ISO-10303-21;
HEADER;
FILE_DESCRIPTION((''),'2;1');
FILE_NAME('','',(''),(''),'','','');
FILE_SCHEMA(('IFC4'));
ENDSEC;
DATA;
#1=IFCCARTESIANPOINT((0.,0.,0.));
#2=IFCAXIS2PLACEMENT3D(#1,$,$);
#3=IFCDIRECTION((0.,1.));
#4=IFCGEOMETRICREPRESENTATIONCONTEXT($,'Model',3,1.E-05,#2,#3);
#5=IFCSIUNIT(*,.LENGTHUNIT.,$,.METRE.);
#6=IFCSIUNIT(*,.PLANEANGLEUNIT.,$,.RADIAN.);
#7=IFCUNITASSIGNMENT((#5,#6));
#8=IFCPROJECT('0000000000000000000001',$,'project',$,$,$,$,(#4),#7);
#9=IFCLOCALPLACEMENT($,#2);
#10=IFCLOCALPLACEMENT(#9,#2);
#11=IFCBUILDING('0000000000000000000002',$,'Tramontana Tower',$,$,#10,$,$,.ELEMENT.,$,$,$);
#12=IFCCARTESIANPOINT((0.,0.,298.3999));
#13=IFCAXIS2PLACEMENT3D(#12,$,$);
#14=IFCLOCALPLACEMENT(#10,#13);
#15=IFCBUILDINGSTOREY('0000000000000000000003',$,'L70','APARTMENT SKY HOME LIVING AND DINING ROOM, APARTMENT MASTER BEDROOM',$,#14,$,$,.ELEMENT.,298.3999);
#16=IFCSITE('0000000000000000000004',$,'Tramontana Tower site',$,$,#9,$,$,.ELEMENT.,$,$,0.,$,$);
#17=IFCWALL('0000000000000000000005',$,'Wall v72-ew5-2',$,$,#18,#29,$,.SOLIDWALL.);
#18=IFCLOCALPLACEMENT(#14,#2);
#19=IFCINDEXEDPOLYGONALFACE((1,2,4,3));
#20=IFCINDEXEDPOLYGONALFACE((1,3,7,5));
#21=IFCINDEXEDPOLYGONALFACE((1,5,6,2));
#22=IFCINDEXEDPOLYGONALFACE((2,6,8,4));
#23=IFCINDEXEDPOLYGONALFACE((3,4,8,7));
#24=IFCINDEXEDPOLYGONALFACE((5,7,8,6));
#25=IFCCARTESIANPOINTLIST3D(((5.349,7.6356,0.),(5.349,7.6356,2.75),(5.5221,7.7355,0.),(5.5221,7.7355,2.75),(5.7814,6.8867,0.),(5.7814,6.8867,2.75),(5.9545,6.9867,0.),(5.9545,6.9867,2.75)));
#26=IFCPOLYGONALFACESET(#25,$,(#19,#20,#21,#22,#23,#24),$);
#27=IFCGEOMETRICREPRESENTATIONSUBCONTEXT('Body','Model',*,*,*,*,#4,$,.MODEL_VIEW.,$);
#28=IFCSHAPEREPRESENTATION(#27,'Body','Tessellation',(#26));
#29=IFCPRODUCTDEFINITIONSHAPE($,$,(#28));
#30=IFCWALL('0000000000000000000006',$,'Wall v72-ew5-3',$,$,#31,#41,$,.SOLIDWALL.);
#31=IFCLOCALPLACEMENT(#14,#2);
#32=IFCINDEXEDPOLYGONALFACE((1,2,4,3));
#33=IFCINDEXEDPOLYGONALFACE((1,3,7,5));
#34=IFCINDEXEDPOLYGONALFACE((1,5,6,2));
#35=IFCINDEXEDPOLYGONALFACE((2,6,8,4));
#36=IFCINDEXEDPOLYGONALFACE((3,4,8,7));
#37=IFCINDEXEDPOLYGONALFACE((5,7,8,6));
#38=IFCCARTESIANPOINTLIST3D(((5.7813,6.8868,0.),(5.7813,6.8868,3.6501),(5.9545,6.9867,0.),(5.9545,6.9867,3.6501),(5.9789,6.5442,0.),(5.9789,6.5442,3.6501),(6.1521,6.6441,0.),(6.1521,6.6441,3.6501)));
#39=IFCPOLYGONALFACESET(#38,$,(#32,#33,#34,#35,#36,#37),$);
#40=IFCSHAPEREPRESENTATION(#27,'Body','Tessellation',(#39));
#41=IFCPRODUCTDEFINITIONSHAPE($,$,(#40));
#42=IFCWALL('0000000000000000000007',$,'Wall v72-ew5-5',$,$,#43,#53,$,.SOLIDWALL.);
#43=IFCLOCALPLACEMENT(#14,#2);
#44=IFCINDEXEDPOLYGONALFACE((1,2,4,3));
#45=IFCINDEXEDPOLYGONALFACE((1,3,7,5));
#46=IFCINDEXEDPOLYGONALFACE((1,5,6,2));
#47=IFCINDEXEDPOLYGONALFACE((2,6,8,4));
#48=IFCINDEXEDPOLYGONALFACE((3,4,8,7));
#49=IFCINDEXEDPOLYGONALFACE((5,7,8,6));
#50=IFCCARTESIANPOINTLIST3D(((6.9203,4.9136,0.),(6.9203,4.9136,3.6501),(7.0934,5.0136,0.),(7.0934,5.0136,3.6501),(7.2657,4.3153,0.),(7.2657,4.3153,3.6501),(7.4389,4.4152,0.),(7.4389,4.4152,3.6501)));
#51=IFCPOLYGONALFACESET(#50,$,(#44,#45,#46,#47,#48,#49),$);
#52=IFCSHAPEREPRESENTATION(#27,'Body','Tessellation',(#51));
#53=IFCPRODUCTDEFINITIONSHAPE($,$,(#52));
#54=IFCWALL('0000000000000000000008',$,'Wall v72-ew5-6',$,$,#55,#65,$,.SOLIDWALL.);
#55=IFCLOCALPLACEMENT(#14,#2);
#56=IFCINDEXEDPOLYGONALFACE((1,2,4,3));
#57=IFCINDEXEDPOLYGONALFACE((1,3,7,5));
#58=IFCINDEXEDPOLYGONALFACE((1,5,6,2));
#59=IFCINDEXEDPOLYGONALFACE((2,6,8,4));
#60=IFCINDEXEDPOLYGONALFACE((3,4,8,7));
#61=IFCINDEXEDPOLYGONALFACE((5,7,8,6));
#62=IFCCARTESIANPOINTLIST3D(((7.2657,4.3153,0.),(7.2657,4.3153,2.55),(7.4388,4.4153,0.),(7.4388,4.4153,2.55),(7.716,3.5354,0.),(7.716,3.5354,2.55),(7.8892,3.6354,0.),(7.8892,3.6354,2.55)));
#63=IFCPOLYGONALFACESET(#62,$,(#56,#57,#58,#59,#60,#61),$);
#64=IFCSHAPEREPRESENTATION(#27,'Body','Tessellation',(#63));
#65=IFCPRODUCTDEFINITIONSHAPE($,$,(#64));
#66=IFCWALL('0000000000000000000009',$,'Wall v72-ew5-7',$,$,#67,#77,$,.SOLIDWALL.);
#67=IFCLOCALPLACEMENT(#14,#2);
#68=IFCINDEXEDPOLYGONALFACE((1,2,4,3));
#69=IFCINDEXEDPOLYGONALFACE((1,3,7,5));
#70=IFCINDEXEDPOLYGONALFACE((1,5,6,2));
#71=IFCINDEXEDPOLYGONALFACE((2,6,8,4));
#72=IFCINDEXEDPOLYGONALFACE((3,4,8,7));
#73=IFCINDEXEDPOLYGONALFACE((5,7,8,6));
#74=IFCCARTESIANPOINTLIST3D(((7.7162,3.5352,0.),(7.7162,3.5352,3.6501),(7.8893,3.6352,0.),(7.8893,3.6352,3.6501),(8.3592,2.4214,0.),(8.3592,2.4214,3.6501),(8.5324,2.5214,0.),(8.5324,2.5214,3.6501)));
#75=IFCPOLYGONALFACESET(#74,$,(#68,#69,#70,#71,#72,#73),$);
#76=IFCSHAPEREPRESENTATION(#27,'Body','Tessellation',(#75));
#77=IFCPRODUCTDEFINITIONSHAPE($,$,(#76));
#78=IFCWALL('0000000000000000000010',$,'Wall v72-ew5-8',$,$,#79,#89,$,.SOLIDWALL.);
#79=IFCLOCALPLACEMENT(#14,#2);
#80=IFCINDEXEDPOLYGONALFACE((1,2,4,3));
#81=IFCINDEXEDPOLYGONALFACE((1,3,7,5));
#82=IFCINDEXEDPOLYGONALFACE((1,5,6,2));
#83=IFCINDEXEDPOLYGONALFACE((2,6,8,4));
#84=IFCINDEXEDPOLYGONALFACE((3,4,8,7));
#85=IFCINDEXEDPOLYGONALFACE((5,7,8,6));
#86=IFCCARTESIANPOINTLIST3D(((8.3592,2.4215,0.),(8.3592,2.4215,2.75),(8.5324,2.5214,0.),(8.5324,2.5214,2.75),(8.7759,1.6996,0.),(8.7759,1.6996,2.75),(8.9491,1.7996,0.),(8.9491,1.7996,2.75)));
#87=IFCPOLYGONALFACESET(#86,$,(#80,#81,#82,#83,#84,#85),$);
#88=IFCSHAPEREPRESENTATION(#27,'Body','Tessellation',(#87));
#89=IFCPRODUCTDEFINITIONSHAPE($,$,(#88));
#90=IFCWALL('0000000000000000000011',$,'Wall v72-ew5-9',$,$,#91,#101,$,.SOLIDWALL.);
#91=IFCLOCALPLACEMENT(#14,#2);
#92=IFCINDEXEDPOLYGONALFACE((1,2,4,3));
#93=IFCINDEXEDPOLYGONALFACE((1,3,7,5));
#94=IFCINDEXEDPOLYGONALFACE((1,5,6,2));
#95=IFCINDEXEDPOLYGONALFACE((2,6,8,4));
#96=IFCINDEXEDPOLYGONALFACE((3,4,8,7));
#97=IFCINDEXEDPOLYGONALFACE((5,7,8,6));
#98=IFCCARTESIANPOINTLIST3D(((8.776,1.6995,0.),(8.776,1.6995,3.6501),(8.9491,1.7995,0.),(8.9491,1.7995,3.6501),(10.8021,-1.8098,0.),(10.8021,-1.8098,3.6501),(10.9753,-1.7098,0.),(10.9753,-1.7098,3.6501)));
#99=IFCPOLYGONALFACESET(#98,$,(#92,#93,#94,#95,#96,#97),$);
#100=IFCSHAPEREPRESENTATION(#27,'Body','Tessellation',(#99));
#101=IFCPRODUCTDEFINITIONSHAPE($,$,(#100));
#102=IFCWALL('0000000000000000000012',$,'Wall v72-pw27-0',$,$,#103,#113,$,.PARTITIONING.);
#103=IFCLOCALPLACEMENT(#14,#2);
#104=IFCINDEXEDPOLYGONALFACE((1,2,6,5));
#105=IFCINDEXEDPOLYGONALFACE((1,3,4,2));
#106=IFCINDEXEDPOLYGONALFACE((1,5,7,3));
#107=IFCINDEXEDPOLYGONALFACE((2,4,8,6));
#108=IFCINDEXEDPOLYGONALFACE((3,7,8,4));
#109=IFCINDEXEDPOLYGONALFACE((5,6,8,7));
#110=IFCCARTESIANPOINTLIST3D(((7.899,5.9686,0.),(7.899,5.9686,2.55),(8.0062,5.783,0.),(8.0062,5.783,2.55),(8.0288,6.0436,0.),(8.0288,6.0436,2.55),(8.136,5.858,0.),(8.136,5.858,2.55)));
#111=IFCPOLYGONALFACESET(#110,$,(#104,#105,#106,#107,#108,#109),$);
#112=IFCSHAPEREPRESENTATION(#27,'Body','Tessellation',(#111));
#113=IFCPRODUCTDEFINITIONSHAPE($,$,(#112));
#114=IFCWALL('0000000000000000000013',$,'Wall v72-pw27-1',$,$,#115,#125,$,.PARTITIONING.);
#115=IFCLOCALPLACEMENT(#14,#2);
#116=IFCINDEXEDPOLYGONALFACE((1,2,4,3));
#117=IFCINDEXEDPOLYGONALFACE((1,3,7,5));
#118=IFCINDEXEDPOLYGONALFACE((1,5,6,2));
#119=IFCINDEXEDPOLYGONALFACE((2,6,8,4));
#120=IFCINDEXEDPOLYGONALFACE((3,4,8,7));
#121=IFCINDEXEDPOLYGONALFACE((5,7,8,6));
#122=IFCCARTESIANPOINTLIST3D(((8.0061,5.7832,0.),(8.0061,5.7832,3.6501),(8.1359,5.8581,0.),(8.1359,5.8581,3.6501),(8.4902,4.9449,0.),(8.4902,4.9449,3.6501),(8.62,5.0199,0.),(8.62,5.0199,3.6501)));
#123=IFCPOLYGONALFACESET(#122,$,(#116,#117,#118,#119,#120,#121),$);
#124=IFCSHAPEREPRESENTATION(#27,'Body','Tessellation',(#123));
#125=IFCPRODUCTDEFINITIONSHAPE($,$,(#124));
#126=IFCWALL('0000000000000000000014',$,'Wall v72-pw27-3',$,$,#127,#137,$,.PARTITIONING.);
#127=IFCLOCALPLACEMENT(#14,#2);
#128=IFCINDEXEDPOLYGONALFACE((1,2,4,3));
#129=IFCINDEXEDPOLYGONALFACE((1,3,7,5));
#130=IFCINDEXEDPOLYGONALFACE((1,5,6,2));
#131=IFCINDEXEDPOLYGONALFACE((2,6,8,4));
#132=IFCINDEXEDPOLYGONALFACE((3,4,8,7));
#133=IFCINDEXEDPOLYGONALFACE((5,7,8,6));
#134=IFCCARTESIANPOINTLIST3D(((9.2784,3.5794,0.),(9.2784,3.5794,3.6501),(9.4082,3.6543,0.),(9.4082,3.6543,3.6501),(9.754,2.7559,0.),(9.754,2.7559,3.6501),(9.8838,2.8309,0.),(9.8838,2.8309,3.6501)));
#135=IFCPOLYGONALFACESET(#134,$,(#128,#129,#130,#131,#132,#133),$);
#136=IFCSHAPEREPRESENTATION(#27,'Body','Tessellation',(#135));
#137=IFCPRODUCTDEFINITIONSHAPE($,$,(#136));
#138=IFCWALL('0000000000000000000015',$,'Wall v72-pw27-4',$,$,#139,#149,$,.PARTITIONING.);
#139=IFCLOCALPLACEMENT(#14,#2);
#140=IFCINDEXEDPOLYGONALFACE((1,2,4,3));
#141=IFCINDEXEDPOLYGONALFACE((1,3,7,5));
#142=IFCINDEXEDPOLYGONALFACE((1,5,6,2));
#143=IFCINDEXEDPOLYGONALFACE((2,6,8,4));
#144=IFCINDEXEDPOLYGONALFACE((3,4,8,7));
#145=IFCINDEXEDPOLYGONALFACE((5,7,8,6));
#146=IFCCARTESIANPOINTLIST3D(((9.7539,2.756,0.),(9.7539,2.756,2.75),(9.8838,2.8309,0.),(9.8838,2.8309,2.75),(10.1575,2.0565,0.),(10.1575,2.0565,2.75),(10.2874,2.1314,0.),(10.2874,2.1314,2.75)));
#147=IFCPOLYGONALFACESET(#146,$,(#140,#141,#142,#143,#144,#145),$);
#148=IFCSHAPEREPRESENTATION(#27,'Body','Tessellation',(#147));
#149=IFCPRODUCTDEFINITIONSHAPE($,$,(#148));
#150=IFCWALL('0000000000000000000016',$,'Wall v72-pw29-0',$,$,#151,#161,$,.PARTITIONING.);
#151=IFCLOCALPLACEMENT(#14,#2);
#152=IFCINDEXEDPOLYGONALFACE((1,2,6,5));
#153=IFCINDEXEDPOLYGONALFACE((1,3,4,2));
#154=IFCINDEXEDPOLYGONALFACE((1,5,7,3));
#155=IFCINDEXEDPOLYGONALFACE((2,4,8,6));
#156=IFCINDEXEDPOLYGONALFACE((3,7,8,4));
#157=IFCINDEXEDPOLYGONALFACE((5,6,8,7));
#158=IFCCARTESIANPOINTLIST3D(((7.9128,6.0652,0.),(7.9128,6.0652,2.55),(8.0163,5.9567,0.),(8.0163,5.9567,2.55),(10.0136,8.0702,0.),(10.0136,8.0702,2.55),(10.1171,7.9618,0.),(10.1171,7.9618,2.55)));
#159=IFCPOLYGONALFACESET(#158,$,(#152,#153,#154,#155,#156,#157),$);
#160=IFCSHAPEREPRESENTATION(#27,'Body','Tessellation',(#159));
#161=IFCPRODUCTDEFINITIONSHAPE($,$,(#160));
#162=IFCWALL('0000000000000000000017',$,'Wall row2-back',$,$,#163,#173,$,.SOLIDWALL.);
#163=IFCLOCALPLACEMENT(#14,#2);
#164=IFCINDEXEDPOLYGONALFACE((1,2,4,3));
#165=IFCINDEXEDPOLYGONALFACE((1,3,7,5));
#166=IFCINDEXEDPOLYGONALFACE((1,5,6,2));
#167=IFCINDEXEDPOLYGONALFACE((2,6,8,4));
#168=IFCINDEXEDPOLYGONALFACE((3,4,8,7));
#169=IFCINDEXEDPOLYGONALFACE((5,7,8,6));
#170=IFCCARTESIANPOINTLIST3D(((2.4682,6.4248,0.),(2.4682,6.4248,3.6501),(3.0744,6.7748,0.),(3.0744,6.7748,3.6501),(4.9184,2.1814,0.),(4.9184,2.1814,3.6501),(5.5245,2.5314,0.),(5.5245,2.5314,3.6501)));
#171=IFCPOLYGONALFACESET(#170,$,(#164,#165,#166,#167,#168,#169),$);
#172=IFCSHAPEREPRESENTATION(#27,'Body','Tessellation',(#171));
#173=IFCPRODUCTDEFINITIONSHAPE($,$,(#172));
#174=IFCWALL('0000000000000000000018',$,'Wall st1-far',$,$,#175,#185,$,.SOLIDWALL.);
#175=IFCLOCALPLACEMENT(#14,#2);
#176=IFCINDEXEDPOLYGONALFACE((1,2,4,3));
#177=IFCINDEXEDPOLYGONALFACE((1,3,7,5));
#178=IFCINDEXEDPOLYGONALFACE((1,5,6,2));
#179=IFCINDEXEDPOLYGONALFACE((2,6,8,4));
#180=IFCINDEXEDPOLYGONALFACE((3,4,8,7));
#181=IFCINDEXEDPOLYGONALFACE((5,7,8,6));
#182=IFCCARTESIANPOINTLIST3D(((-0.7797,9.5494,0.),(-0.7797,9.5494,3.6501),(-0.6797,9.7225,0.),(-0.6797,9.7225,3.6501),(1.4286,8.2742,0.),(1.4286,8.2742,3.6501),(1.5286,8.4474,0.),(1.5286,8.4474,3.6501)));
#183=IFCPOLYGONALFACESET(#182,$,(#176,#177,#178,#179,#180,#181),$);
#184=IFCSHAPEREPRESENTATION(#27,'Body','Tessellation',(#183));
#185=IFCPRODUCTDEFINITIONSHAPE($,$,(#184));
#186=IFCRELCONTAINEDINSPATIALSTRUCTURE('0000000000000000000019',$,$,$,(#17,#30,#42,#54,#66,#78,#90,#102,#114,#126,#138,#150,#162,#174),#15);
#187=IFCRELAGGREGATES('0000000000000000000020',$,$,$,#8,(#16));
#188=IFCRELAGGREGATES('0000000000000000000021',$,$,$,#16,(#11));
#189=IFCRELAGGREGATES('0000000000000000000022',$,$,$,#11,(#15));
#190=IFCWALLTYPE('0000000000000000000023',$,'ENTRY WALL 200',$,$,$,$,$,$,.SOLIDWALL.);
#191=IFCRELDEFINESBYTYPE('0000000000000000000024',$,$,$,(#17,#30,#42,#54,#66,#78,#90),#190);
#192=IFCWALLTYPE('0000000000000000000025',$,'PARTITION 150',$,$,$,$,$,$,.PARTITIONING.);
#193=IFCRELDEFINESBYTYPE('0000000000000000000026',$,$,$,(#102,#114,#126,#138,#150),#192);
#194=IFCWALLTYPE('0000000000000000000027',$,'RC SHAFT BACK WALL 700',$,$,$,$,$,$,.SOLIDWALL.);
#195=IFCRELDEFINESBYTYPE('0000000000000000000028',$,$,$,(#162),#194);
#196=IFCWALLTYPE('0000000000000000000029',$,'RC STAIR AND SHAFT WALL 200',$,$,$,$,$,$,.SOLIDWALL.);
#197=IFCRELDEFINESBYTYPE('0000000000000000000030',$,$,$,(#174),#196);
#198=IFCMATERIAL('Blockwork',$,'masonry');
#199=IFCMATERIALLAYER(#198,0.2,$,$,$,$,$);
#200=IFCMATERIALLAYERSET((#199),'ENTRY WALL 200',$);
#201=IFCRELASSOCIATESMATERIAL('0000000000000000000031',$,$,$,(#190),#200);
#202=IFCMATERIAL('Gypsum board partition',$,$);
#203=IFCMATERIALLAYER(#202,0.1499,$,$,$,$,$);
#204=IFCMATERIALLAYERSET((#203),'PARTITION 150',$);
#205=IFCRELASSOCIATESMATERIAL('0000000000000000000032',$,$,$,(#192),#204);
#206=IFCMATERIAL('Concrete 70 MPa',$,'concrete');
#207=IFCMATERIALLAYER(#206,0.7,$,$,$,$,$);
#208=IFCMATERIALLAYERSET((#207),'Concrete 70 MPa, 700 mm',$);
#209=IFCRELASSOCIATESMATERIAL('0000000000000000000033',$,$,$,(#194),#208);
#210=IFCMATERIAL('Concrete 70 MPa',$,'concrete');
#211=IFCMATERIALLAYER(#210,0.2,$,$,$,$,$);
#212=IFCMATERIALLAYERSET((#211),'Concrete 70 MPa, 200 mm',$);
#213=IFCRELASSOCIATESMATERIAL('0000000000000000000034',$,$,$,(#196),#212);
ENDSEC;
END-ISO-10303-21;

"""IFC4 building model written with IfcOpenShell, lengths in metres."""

from ifc_helpers import new_model, si_unit, direction, frame, frame_2d, origin, place, context, subcontext, project, spatial, rectangle, extrude, material, layer, layer_set, type_object, element, save


model = new_model("IFC4")

# Units and contexts
model_context = context("Model", 3, precision=1e-05, world=origin(), true_north=direction((0.0, 1.0)))
body_context = subcontext(model_context, "Body", "Model", "MODEL_VIEW")
ifc_project = project(units=[si_unit("LENGTHUNIT", "METRE"), si_unit("PLANEANGLEUNIT", "RADIAN")], contexts=[model_context])

# Site, building, storey
site_placement = place(None, origin())
site = spatial("IfcSite", under=ifc_project, at=site_placement, Name="Tramontana Tower site", CompositionType="ELEMENT", RefElevation=0.0)
building_placement = place(site_placement, origin())
building = spatial("IfcBuilding", under=site, at=building_placement, Name="Tramontana Tower", CompositionType="ELEMENT")
storey_placement = place(building_placement, frame((0.0, 0.0, 298.3999)))
storey = spatial("IfcBuildingStorey", under=building, at=storey_placement, Name="L70", Description="APARTMENT SKY HOME LIVING AND DINING ROOM, APARTMENT MASTER BEDROOM", CompositionType="ELEMENT", Elevation=298.3999)

# Walls
ifc_material_1 = material(Name="Blockwork", Category="masonry")
ifc_layer_1 = layer(ifc_material_1, 0.2)
ifc_layer_set_1 = layer_set([ifc_layer_1], Name="ENTRY WALL 200")
wall_type_1 = type_object("IfcWallType", Name="ENTRY WALL 200", PredefinedType="SOLIDWALL", material=ifc_layer_set_1)
wall_1_placement = place(storey_placement, frame((5.4355, 7.6855, 0.0), z_axis=(0.0, 0.0, 1.0), x_axis=(0.500056, -0.865993, 0.0)))
element("IfcWall", 1, at=wall_1_placement, inside=storey, type_object=wall_type_1, Name="Wall v72-ew5-2", PredefinedType="SOLIDWALL", context=body_context, shape_type="SweptSolid", body=[
    extrude(rectangle(XDim=0.8647, YDim=0.2, at=frame_2d((0.4324, 0.0))), origin(), (0.0, 0.0, 1.0), 2.75),
])
wall_2_placement = place(storey_placement, frame((5.8679, 6.9368, 0.0), z_axis=(0.0, 0.0, 1.0), x_axis=(0.499526, -0.866299, 0.0)))
element("IfcWall", 2, at=wall_2_placement, inside=storey, type_object=wall_type_1, Name="Wall v72-ew5-3", PredefinedType="SOLIDWALL", context=body_context, shape_type="SweptSolid", body=[
    extrude(rectangle(XDim=0.3955, YDim=0.2, at=frame_2d((0.1978, 0.0))), origin(), (0.0, 0.0, 1.0), 3.6501),
])

# Walls
wall_3_placement = place(storey_placement, frame((7.0068, 4.9636, 0.0), z_axis=(0.0, 0.0, 1.0), x_axis=(0.499977, -0.866038, 0.0)))
element("IfcWall", 3, at=wall_3_placement, inside=storey, type_object=wall_type_1, Name="Wall v72-ew5-5", PredefinedType="SOLIDWALL", context=body_context, shape_type="SweptSolid", body=[
    extrude(rectangle(XDim=0.6909, YDim=0.2, at=frame_2d((0.3455, 0.0))), origin(), (0.0, 0.0, 1.0), 3.6501),
])
wall_4_placement = place(storey_placement, frame((7.3523, 4.3652, 0.0), z_axis=(0.0, 0.0, 1.0), x_axis=(0.500074, -0.865982, 0.0)))
element("IfcWall", 4, at=wall_4_placement, inside=storey, type_object=wall_type_1, Name="Wall v72-ew5-6", PredefinedType="SOLIDWALL", context=body_context, shape_type="SweptSolid", body=[
    extrude(rectangle(XDim=0.9006, YDim=0.2, at=frame_2d((0.4502, 0.0))), origin(), (0.0, 0.0, 1.0), 2.55),
])
wall_5_placement = place(storey_placement, frame((7.8027, 3.5852, 0.0), z_axis=(0.0, 0.0, 1.0), x_axis=(0.500018, -0.866015, 0.0)))
element("IfcWall", 5, at=wall_5_placement, inside=storey, type_object=wall_type_1, Name="Wall v72-ew5-7", PredefinedType="SOLIDWALL", context=body_context, shape_type="SweptSolid", body=[
    extrude(rectangle(XDim=1.2861, YDim=0.2, at=frame_2d((0.6431, 0.0))), origin(), (0.0, 0.0, 1.0), 3.6501),
])
wall_6_placement = place(storey_placement, frame((8.4458, 2.4714, 0.0), z_axis=(0.0, 0.0, 1.0), x_axis=(0.499951, -0.866054, 0.0)))
element("IfcWall", 6, at=wall_6_placement, inside=storey, type_object=wall_type_1, Name="Wall v72-ew5-8", PredefinedType="SOLIDWALL", context=body_context, shape_type="SweptSolid", body=[
    extrude(rectangle(XDim=0.8335, YDim=0.2, at=frame_2d((0.4167, 0.0))), origin(), (0.0, 0.0, 1.0), 2.75),
])
wall_7_placement = place(storey_placement, frame((8.8625, 1.7495, 0.0), z_axis=(0.0, 0.0, 1.0), x_axis=(0.500008, -0.866021, 0.0)))
element("IfcWall", 7, at=wall_7_placement, inside=storey, type_object=wall_type_1, Name="Wall v72-ew5-9", PredefinedType="SOLIDWALL", context=body_context, shape_type="SweptSolid", body=[
    extrude(rectangle(XDim=4.0522, YDim=0.2, at=frame_2d((2.0261, 0.0))), origin(), (0.0, 0.0, 1.0), 3.6501),
])

# Shared definitions
ifc_material_2 = material(Name="Gypsum board partition")
ifc_layer_2 = layer(ifc_material_2, 0.1499)
ifc_layer_set_2 = layer_set([ifc_layer_2], Name="PARTITION 150")
wall_type_2 = type_object("IfcWallType", Name="PARTITION 150", PredefinedType="PARTITIONING", material=ifc_layer_set_2)

# Walls
wall_8_placement = place(storey_placement, frame((7.9639, 6.0061, 0.0), z_axis=(0.0, 0.0, 1.0), x_axis=(0.500183, -0.86592, 0.0)))
element("IfcWall", 8, at=wall_8_placement, inside=storey, type_object=wall_type_2, Name="Wall v72-pw27-0", PredefinedType="PARTITIONING", context=body_context, shape_type="SweptSolid", body=[
    extrude(rectangle(XDim=0.2144, YDim=0.1499, at=frame_2d((0.1072, 0.0))), origin(), (0.0, 0.0, 1.0), 2.55),
])
wall_9_placement = place(storey_placement, frame((8.071, 5.8206, 0.0), z_axis=(0.0, 0.0, 1.0), x_axis=(0.500072, -0.865984, 0.0)))
element("IfcWall", 9, at=wall_9_placement, inside=storey, type_object=wall_type_2, Name="Wall v72-pw27-1", PredefinedType="PARTITIONING", context=body_context, shape_type="SweptSolid", body=[
    extrude(rectangle(XDim=0.968, YDim=0.1499, at=frame_2d((0.4839, 0.0))), origin(), (0.0, 0.0, 1.0), 3.6501),
])

# Walls
wall_10_placement = place(storey_placement, frame((9.3433, 3.6169, 0.0), z_axis=(0.0, 0.0, 1.0), x_axis=(0.500115, -0.865959, 0.0)))
element("IfcWall", 10, at=wall_10_placement, inside=storey, type_object=wall_type_2, Name="Wall v72-pw27-3", PredefinedType="PARTITIONING", context=body_context, shape_type="SweptSolid", body=[
    extrude(rectangle(XDim=0.9509, YDim=0.1499, at=frame_2d((0.4756, 0.0))), origin(), (0.0, 0.0, 1.0), 3.6501),
])
wall_11_placement = place(storey_placement, frame((9.8188, 2.7935, 0.0), z_axis=(0.0, 0.0, 1.0), x_axis=(0.499749, -0.86617, 0.0)))
element("IfcWall", 11, at=wall_11_placement, inside=storey, type_object=wall_type_2, Name="Wall v72-pw27-4", PredefinedType="PARTITIONING", context=body_context, shape_type="SweptSolid", body=[
    extrude(rectangle(XDim=0.8076, YDim=0.1499, at=frame_2d((0.4038, 0.0))), origin(), (0.0, 0.0, 1.0), 2.75),
])
wall_12_placement = place(storey_placement, frame((10.0654, 8.0161, 0.0), z_axis=(0.0, 0.0, 1.0), x_axis=(-0.723392, -0.690438, 0.0)))
element("IfcWall", 12, at=wall_12_placement, inside=storey, type_object=wall_type_2, Name="Wall v72-pw29-0", PredefinedType="PARTITIONING", context=body_context, shape_type="SweptSolid", body=[
    extrude(rectangle(XDim=2.9041, YDim=0.1499, at=frame_2d((1.4521, 0.0))), origin(), (0.0, 0.0, 1.0), 2.55),
])
ifc_material_3 = material(Name="Concrete 70 MPa", Category="concrete")
ifc_layer_3 = layer(ifc_material_3, 0.7)
ifc_layer_set_3 = layer_set([ifc_layer_3], Name="Concrete 70 MPa, 700 mm")
wall_type_3 = type_object("IfcWallType", Name="RC SHAFT BACK WALL 700", PredefinedType="SOLIDWALL", material=ifc_layer_set_3)
wall_13_placement = place(storey_placement, frame((5.2214, 2.3564, 0.0), z_axis=(0.0, 0.0, 1.0), x_axis=(-0.50004, 0.866002, 0.0)))
element("IfcWall", 13, at=wall_13_placement, inside=storey, type_object=wall_type_3, Name="Wall row2-back", PredefinedType="SOLIDWALL", context=body_context, shape_type="SweptSolid", body=[
    extrude(rectangle(XDim=4.8999, YDim=0.7, at=frame_2d((2.45, 0.0))), origin(), (0.0, 0.0, 1.0), 3.6501),
])
ifc_material_4 = material(Name="Concrete 70 MPa", Category="concrete")
ifc_layer_4 = layer(ifc_material_4, 0.2)
ifc_layer_set_4 = layer_set([ifc_layer_4], Name="Concrete 70 MPa, 200 mm")
wall_type_4 = type_object("IfcWallType", Name="RC STAIR AND SHAFT WALL 200", PredefinedType="SOLIDWALL", material=ifc_layer_set_4)
wall_14_placement = place(storey_placement, frame((1.4785, 8.3608, 0.0), z_axis=(0.0, 0.0, 1.0), x_axis=(-0.865989, 0.500062, 0.0)))
element("IfcWall", 14, at=wall_14_placement, inside=storey, type_object=wall_type_4, Name="Wall st1-far", PredefinedType="SOLIDWALL", context=body_context, shape_type="SweptSolid", body=[
    extrude(rectangle(XDim=2.55, YDim=0.2, at=frame_2d((1.2749, 0.0))), origin(), (0.0, 0.0, 1.0), 3.6501),
])

save(model, "model.ifc")
